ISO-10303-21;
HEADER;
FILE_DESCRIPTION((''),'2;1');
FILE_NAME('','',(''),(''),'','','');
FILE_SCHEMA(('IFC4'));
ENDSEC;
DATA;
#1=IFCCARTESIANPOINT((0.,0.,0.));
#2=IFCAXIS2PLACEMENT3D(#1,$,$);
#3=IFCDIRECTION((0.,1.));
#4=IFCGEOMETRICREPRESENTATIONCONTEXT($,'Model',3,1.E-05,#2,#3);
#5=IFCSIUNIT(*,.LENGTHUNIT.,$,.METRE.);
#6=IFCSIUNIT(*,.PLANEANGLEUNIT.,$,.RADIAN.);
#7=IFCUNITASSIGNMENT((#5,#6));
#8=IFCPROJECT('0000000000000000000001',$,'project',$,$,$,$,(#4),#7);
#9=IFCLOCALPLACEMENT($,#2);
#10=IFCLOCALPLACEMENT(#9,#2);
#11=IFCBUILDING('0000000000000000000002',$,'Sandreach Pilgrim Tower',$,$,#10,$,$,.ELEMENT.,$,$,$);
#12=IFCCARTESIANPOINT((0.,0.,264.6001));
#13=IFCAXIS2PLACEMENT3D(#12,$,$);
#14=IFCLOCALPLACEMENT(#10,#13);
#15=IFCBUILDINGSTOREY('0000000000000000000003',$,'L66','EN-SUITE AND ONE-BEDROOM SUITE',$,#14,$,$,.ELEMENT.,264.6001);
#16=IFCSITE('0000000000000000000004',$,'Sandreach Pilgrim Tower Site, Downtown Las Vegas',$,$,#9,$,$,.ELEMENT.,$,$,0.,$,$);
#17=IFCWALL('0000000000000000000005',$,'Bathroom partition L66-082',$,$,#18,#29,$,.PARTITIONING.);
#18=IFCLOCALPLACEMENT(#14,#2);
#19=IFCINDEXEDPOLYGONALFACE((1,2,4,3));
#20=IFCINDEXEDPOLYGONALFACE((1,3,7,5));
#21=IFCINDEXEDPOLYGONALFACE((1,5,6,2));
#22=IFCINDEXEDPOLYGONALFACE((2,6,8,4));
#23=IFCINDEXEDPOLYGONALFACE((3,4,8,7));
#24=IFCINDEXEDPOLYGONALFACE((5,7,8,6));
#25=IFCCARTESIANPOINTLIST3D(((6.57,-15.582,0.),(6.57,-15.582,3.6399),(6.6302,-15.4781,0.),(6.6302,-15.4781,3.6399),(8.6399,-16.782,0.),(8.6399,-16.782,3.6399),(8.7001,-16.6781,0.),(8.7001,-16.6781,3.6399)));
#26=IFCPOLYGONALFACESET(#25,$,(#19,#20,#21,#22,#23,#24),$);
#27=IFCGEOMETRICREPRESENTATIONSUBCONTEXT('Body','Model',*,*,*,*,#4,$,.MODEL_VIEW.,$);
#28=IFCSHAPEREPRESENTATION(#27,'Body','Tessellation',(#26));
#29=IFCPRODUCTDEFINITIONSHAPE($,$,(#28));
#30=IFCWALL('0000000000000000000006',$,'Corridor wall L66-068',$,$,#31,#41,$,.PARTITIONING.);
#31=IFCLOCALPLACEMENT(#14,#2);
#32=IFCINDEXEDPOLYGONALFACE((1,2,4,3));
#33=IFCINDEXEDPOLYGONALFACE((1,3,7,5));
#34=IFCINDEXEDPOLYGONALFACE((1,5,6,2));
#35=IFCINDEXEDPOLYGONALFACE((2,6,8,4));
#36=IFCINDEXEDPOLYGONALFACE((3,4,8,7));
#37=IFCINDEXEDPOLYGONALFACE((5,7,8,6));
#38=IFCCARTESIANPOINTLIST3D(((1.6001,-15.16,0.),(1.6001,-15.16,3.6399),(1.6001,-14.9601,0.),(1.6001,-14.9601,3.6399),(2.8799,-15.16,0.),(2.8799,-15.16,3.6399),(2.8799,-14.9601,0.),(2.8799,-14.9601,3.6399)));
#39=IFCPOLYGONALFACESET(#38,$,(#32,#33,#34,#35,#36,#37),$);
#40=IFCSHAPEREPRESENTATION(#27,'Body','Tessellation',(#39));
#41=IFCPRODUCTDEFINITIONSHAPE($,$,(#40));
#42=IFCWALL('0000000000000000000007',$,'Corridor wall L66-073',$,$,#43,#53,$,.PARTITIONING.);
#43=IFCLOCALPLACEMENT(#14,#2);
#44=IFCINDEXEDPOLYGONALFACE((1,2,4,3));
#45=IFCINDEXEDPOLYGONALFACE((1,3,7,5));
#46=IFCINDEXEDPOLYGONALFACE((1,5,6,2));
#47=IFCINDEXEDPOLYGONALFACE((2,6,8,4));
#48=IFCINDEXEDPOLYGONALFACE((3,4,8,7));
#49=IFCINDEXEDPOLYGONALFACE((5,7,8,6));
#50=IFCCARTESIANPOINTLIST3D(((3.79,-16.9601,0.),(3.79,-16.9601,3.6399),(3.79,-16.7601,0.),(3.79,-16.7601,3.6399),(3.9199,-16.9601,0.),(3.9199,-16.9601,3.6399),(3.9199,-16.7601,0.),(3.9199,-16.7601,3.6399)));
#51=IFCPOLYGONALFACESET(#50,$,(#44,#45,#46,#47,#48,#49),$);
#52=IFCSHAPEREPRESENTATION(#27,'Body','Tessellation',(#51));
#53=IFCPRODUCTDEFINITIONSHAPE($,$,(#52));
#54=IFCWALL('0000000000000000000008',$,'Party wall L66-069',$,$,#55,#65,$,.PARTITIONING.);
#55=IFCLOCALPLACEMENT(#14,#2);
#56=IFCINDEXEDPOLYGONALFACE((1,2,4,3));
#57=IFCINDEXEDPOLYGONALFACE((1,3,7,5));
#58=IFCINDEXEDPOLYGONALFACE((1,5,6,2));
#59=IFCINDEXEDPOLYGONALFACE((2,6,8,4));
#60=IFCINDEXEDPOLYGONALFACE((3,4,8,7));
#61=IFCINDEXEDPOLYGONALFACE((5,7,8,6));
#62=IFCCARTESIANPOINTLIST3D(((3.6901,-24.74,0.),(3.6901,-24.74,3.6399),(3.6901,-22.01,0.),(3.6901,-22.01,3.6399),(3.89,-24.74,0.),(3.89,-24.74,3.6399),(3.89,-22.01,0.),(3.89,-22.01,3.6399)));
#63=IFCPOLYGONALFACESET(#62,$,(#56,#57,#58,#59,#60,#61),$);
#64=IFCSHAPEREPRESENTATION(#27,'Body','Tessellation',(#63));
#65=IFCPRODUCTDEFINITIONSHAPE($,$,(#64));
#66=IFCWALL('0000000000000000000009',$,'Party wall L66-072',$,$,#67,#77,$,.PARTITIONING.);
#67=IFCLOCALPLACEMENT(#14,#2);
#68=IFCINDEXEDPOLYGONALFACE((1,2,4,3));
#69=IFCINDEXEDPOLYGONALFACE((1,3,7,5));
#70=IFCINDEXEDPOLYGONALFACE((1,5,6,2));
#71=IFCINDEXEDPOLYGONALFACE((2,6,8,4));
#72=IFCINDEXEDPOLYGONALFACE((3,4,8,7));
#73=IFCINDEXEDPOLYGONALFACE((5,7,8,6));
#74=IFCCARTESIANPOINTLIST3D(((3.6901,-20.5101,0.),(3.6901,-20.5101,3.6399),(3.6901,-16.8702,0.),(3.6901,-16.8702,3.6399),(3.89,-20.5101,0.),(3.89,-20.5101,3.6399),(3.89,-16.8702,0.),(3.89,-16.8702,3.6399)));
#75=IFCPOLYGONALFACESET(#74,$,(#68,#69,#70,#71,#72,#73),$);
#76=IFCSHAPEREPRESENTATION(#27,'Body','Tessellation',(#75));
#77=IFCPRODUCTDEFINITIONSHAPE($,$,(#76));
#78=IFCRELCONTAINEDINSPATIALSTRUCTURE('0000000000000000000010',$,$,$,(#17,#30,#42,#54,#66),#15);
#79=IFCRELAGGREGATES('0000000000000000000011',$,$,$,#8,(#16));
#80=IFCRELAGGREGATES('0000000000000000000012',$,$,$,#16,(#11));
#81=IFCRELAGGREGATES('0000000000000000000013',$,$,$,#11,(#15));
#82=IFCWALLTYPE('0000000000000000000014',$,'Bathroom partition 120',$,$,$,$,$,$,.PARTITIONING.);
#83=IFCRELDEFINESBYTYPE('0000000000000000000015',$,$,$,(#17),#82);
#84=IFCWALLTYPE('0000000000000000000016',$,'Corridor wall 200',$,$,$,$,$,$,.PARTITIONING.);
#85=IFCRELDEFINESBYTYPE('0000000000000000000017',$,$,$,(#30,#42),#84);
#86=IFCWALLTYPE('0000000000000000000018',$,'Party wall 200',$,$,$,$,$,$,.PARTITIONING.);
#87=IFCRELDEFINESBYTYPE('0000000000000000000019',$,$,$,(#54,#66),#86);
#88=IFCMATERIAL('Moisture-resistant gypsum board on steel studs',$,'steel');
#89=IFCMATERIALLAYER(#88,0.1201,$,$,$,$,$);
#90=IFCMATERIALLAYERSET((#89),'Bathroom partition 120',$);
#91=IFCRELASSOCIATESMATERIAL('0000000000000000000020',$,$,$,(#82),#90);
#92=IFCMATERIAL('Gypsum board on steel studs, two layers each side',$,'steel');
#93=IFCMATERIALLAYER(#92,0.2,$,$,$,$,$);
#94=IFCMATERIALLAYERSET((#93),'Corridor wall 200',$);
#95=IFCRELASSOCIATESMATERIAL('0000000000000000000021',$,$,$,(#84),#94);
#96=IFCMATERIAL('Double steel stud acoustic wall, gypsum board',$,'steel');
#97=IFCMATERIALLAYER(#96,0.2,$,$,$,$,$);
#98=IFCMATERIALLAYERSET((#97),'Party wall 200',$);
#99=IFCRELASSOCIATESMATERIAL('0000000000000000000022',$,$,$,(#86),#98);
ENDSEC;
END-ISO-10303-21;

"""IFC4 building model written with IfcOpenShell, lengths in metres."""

from ifc_helpers import new_model, si_unit, direction, frame, frame_2d, origin, place, context, subcontext, project, spatial, rectangle, extrude, material, layer, layer_set, type_object, element, save


model = new_model("IFC4")

# Units and contexts
model_context = context("Model", 3, precision=1e-05, world=origin(), true_north=direction((0.0, 1.0)))
body_context = subcontext(model_context, "Body", "Model", "MODEL_VIEW")
ifc_project = project(units=[si_unit("LENGTHUNIT", "METRE"), si_unit("PLANEANGLEUNIT", "RADIAN")], contexts=[model_context])

# Site, building, storey
site_placement = place(None, origin())
site = spatial("IfcSite", under=ifc_project, at=site_placement, Name="Sandreach Pilgrim Tower Site, Downtown Las Vegas", CompositionType="ELEMENT", RefElevation=0.0)
building_placement = place(site_placement, origin())
building = spatial("IfcBuilding", under=site, at=building_placement, Name="Sandreach Pilgrim Tower", CompositionType="ELEMENT")
storey_placement = place(building_placement, frame((0.0, 0.0, 264.6001)))
storey = spatial("IfcBuildingStorey", under=building, at=storey_placement, Name="L66", Description="EN-SUITE AND ONE-BEDROOM SUITE", CompositionType="ELEMENT", Elevation=264.6001)

# Shared definitions
ifc_material_1 = material(Name="Moisture-resistant gypsum board on steel studs", Category="steel")
ifc_layer_1 = layer(ifc_material_1, 0.1201)
ifc_layer_set_1 = layer_set([ifc_layer_1], Name="Bathroom partition 120")
wall_type_1 = type_object("IfcWallType", Name="Bathroom partition 120", PredefinedType="PARTITIONING", material=ifc_layer_set_1)

# Wall
wall_1_placement = place(storey_placement, frame((6.6001, -15.53, 0.0), z_axis=(0.0, 0.0, 1.0), x_axis=(0.86513, -0.501547, 0.0)))
element("IfcWall", 1, at=wall_1_placement, inside=storey, type_object=wall_type_1, Name="Bathroom partition L66-082", PredefinedType="PARTITIONING", context=body_context, shape_type="SweptSolid", body=[
    extrude(rectangle(XDim=2.3926, YDim=0.1201, at=frame_2d((1.1963, 0.0))), origin(), (0.0, 0.0, 1.0), 3.6399),
])

# Shared definitions
ifc_material_2 = material(Name="Gypsum board on steel studs, two layers each side", Category="steel")
ifc_layer_2 = layer(ifc_material_2, 0.2)
ifc_layer_set_2 = layer_set([ifc_layer_2], Name="Corridor wall 200")
wall_type_2 = type_object("IfcWallType", Name="Corridor wall 200", PredefinedType="PARTITIONING", material=ifc_layer_set_2)

# Walls
wall_2_placement = place(storey_placement, frame((2.8799, -15.0601, 0.0), z_axis=(0.0, 0.0, 1.0), x_axis=(-1.0, 0.0, 0.0)))
element("IfcWall", 2, at=wall_2_placement, inside=storey, type_object=wall_type_2, Name="Corridor wall L66-068", PredefinedType="PARTITIONING", context=body_context, shape_type="SweptSolid", body=[
    extrude(rectangle(XDim=1.2798, YDim=0.2, at=frame_2d((0.6399, 0.0))), origin(), (0.0, 0.0, 1.0), 3.6399),
])
wall_3_placement = place(storey_placement, frame((3.79, -16.8601, 0.0), z_axis=(0.0, 0.0, 1.0), x_axis=(1.0, 0.0, 0.0)))
element("IfcWall", 3, at=wall_3_placement, inside=storey, type_object=wall_type_2, Name="Corridor wall L66-073", PredefinedType="PARTITIONING", context=body_context, shape_type="SweptSolid", body=[
    extrude(rectangle(XDim=0.1299, YDim=0.2, at=frame_2d((0.0649, 0.0))), origin(), (0.0, 0.0, 1.0), 3.6399),
])

# Walls
ifc_material_3 = material(Name="Double steel stud acoustic wall, gypsum board", Category="steel")
ifc_layer_3 = layer(ifc_material_3, 0.2)
ifc_layer_set_3 = layer_set([ifc_layer_3], Name="Party wall 200")
wall_type_3 = type_object("IfcWallType", Name="Party wall 200", PredefinedType="PARTITIONING", material=ifc_layer_set_3)
wall_4_placement = place(storey_placement, frame((3.79, -24.74, 0.0), z_axis=(0.0, 0.0, 1.0), x_axis=(0.0, 1.0, 0.0)))
element("IfcWall", 4, at=wall_4_placement, inside=storey, type_object=wall_type_3, Name="Party wall L66-069", PredefinedType="PARTITIONING", context=body_context, shape_type="SweptSolid", body=[
    extrude(rectangle(XDim=2.73, YDim=0.2, at=frame_2d((1.365, 0.0))), origin(), (0.0, 0.0, 1.0), 3.6399),
])
wall_5_placement = place(storey_placement, frame((3.79, -20.51, 0.0), z_axis=(0.0, 0.0, 1.0), x_axis=(0.0, 1.0, 0.0)))
element("IfcWall", 5, at=wall_5_placement, inside=storey, type_object=wall_type_3, Name="Party wall L66-072", PredefinedType="PARTITIONING", context=body_context, shape_type="SweptSolid", body=[
    extrude(rectangle(XDim=3.6399, YDim=0.2, at=frame_2d((1.8198, 0.0))), origin(), (0.0, 0.0, 1.0), 3.6399),
])

save(model, "model.ifc")
